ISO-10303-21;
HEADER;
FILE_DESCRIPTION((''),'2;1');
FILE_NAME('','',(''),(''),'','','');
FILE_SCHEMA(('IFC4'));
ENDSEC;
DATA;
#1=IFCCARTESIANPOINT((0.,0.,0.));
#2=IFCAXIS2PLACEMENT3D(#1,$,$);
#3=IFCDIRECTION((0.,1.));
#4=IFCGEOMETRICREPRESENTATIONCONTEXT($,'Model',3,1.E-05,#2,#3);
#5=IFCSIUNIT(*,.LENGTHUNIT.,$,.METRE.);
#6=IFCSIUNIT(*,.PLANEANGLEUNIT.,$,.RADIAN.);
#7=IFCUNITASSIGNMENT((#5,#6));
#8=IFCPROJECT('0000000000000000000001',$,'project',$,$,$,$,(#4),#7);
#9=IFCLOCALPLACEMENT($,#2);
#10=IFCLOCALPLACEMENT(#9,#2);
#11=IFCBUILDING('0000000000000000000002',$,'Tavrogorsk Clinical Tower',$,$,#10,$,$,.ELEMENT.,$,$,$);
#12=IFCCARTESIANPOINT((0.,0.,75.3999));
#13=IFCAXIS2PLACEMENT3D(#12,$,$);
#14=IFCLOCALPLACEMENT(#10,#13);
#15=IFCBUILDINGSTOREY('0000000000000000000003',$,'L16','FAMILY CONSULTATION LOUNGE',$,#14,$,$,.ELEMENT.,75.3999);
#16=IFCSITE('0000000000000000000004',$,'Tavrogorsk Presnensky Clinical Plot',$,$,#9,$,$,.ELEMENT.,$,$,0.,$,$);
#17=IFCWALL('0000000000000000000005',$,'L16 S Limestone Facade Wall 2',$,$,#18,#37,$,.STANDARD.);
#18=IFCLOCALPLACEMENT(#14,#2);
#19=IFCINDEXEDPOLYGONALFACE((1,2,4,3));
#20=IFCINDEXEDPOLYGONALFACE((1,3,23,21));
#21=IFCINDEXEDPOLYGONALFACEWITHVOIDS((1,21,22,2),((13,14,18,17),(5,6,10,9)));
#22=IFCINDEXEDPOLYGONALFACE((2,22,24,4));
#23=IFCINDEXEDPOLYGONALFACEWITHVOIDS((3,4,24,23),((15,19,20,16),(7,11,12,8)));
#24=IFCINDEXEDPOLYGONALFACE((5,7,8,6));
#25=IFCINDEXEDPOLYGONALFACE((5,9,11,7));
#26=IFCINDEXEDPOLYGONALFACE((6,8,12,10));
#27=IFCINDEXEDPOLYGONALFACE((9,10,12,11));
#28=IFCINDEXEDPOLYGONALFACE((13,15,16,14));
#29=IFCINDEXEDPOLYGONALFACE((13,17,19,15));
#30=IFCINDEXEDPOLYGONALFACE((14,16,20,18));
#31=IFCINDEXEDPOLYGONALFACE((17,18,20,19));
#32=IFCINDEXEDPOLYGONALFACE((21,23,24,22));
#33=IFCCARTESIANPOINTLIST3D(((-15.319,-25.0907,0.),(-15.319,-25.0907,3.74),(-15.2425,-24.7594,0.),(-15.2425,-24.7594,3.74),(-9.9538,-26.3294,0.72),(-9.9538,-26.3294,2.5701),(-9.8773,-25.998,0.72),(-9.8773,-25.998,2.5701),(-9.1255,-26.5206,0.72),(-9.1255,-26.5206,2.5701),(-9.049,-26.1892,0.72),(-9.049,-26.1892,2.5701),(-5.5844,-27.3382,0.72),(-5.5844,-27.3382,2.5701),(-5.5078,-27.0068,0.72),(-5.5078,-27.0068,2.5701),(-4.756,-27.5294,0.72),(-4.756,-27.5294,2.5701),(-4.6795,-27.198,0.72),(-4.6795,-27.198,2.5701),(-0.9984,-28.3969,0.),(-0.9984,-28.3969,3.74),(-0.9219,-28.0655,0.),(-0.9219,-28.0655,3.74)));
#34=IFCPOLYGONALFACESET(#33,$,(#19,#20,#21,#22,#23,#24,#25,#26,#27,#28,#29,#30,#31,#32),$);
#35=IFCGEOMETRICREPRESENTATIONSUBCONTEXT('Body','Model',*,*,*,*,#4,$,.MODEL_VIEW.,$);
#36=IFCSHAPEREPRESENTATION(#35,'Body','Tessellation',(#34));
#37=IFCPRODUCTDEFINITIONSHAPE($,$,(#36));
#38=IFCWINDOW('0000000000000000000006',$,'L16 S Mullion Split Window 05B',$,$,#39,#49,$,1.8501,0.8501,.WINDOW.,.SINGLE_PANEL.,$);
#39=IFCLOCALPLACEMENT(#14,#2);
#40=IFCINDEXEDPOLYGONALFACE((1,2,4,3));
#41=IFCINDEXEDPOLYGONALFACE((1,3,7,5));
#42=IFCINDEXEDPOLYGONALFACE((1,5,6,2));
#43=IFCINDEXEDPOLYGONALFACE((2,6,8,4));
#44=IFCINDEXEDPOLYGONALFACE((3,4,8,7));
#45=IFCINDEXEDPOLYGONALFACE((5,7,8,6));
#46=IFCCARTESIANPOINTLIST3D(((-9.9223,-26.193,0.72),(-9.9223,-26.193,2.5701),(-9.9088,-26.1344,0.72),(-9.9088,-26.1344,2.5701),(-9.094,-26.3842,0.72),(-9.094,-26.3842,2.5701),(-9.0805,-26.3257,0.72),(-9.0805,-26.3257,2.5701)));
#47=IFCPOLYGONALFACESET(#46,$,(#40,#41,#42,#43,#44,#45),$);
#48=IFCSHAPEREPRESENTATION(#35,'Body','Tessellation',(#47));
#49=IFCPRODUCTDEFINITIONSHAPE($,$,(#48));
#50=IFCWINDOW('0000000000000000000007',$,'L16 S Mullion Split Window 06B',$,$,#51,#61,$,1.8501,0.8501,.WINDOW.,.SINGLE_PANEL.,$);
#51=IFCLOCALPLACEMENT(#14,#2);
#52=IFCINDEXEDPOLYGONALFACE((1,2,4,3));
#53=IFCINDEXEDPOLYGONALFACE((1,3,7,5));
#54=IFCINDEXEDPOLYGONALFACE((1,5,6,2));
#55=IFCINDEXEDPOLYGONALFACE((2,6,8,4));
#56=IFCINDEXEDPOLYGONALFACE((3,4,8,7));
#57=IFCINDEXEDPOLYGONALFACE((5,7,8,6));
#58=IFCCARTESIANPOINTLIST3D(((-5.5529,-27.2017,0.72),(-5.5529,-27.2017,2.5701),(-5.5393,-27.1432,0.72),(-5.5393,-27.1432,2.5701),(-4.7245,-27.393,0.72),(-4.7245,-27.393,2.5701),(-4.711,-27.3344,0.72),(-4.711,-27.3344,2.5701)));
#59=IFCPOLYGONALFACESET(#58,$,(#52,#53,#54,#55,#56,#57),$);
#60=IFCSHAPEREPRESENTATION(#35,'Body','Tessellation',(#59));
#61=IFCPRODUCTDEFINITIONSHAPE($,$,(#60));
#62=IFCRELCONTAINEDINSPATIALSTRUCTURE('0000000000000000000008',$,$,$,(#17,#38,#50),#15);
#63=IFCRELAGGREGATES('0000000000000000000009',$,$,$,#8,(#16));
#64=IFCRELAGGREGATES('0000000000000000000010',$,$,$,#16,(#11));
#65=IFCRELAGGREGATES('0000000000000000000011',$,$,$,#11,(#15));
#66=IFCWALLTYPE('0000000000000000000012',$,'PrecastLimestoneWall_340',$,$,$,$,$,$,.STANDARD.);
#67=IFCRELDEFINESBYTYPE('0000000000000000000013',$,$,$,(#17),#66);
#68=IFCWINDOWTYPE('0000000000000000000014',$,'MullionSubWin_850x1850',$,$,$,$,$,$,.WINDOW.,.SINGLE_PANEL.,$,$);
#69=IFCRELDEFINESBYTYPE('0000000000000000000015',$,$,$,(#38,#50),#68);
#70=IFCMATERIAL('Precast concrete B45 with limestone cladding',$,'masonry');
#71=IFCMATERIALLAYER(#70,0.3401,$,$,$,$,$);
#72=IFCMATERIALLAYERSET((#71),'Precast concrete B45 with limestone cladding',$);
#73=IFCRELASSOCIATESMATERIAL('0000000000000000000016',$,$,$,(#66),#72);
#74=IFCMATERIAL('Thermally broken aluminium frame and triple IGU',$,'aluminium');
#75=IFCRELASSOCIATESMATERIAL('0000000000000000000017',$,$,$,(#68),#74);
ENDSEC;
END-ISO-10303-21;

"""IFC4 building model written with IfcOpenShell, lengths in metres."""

from ifc_helpers import new_model, si_unit, direction, frame, frame_2d, origin, place, context, subcontext, project, spatial, rectangle, extrude, material, layer, layer_set, type_object, element, fill, save


model = new_model("IFC4")

# Units and contexts
model_context = context("Model", 3, precision=1e-05, world=origin(), true_north=direction((0.0, 1.0)))
body_context = subcontext(model_context, "Body", "Model", "MODEL_VIEW")
ifc_project = project(units=[si_unit("LENGTHUNIT", "METRE"), si_unit("PLANEANGLEUNIT", "RADIAN")], contexts=[model_context])

# Site, building, storey
site_placement = place(None, origin())
site = spatial("IfcSite", under=ifc_project, at=site_placement, Name="Tavrogorsk Presnensky Clinical Plot", CompositionType="ELEMENT", RefElevation=0.0)
building_placement = place(site_placement, origin())
building = spatial("IfcBuilding", under=site, at=building_placement, Name="Tavrogorsk Clinical Tower", CompositionType="ELEMENT")
storey_placement = place(building_placement, frame((0.0, 0.0, 75.3999)))
storey = spatial("IfcBuildingStorey", under=building, at=storey_placement, Name="L16", Description="FAMILY CONSULTATION LOUNGE", CompositionType="ELEMENT", Elevation=75.3999)

# Wall, openings, windows
ifc_material_1 = material(Name="Precast concrete B45 with limestone cladding", Category="masonry")
ifc_layer_1 = layer(ifc_material_1, 0.3401)
ifc_layer_set_1 = layer_set([ifc_layer_1], Name="Precast concrete B45 with limestone cladding")
wall_type_1 = type_object("IfcWallType", Name="PrecastLimestoneWall_340", PredefinedType="STANDARD", material=ifc_layer_set_1)
wall_1_placement = place(storey_placement, frame((-15.2808, -24.925, 0.0), z_axis=(0.0, 0.0, 1.0), x_axis=(0.97437, -0.22495, 0.0)))
wall_1 = element("IfcWall", 1, at=wall_1_placement, inside=storey, type_object=wall_type_1, Name="L16 S Limestone Facade Wall 2", PredefinedType="STANDARD", context=body_context, shape_type="SweptSolid", body=[
    extrude(rectangle(XDim=14.6973, YDim=0.3401, at=frame_2d((7.3486, 0.0))), origin(), (0.0, 0.0, 1.0), 3.74),
])
opening_1_placement = place(wall_1_placement, frame((5.5063, 0.0, 0.72)))
opening_1 = element("IfcOpeningElement", 2, at=opening_1_placement, cuts=wall_1, PredefinedType="OPENING", context=body_context, shape_type="SweptSolid", body=[
    extrude(rectangle(XDim=0.8501, YDim=1.8501, at=frame_2d((0.425, 0.925))), frame((0.0, 0.1799, 0.0), z_axis=(0.0, -1.0, 0.0), x_axis=(1.0, 0.0, 0.0)), (0.0, 0.0, 1.0), 0.3601),
])
opening_2_placement = place(wall_1_placement, frame((9.9907, 0.0, 0.72)))
opening_2 = element("IfcOpeningElement", 3, at=opening_2_placement, cuts=wall_1, PredefinedType="OPENING", context=body_context, shape_type="SweptSolid", body=[
    extrude(rectangle(XDim=0.8501, YDim=1.8501, at=frame_2d((0.425, 0.925))), frame((0.0, 0.1799, 0.0), z_axis=(0.0, -1.0, 0.0), x_axis=(1.0, 0.0, 0.0)), (0.0, 0.0, 1.0), 0.3601),
])
ifc_material_2 = material(Name="Thermally broken aluminium frame and triple IGU", Category="aluminium")
window_type = type_object("IfcWindowType", Name="MullionSubWin_850x1850", PartitioningType="SINGLE_PANEL", PredefinedType="WINDOW", material=ifc_material_2)
window_1_placement = place(opening_1_placement, origin())
window_1 = element("IfcWindow", 4, at=window_1_placement, inside=storey, type_object=window_type, Name="L16 S Mullion Split Window 05B", OverallHeight=1.8501, OverallWidth=0.8501, PartitioningType="SINGLE_PANEL", PredefinedType="WINDOW", context=body_context, shape_type="SweptSolid", body=[
    extrude(rectangle(XDim=0.8501, YDim=1.8501, at=frame_2d((0.425, 0.925))), frame((0.0, 0.03, 0.0), z_axis=(0.0, -1.0, 0.0), x_axis=(1.0, 0.0, 0.0)), (0.0, 0.0, 1.0), 0.0601),
])
fill(opening_1, window_1)
window_2_placement = place(opening_2_placement, origin())
window_2 = element("IfcWindow", 5, at=window_2_placement, inside=storey, type_object=window_type, Name="L16 S Mullion Split Window 06B", OverallHeight=1.8501, OverallWidth=0.8501, PartitioningType="SINGLE_PANEL", PredefinedType="WINDOW", context=body_context, shape_type="SweptSolid", body=[
    extrude(rectangle(XDim=0.8501, YDim=1.8501, at=frame_2d((0.425, 0.925))), frame((0.0, 0.03, 0.0), z_axis=(0.0, -1.0, 0.0), x_axis=(1.0, 0.0, 0.0)), (0.0, 0.0, 1.0), 0.0601),
])
fill(opening_2, window_2)

save(model, "model.ifc")
